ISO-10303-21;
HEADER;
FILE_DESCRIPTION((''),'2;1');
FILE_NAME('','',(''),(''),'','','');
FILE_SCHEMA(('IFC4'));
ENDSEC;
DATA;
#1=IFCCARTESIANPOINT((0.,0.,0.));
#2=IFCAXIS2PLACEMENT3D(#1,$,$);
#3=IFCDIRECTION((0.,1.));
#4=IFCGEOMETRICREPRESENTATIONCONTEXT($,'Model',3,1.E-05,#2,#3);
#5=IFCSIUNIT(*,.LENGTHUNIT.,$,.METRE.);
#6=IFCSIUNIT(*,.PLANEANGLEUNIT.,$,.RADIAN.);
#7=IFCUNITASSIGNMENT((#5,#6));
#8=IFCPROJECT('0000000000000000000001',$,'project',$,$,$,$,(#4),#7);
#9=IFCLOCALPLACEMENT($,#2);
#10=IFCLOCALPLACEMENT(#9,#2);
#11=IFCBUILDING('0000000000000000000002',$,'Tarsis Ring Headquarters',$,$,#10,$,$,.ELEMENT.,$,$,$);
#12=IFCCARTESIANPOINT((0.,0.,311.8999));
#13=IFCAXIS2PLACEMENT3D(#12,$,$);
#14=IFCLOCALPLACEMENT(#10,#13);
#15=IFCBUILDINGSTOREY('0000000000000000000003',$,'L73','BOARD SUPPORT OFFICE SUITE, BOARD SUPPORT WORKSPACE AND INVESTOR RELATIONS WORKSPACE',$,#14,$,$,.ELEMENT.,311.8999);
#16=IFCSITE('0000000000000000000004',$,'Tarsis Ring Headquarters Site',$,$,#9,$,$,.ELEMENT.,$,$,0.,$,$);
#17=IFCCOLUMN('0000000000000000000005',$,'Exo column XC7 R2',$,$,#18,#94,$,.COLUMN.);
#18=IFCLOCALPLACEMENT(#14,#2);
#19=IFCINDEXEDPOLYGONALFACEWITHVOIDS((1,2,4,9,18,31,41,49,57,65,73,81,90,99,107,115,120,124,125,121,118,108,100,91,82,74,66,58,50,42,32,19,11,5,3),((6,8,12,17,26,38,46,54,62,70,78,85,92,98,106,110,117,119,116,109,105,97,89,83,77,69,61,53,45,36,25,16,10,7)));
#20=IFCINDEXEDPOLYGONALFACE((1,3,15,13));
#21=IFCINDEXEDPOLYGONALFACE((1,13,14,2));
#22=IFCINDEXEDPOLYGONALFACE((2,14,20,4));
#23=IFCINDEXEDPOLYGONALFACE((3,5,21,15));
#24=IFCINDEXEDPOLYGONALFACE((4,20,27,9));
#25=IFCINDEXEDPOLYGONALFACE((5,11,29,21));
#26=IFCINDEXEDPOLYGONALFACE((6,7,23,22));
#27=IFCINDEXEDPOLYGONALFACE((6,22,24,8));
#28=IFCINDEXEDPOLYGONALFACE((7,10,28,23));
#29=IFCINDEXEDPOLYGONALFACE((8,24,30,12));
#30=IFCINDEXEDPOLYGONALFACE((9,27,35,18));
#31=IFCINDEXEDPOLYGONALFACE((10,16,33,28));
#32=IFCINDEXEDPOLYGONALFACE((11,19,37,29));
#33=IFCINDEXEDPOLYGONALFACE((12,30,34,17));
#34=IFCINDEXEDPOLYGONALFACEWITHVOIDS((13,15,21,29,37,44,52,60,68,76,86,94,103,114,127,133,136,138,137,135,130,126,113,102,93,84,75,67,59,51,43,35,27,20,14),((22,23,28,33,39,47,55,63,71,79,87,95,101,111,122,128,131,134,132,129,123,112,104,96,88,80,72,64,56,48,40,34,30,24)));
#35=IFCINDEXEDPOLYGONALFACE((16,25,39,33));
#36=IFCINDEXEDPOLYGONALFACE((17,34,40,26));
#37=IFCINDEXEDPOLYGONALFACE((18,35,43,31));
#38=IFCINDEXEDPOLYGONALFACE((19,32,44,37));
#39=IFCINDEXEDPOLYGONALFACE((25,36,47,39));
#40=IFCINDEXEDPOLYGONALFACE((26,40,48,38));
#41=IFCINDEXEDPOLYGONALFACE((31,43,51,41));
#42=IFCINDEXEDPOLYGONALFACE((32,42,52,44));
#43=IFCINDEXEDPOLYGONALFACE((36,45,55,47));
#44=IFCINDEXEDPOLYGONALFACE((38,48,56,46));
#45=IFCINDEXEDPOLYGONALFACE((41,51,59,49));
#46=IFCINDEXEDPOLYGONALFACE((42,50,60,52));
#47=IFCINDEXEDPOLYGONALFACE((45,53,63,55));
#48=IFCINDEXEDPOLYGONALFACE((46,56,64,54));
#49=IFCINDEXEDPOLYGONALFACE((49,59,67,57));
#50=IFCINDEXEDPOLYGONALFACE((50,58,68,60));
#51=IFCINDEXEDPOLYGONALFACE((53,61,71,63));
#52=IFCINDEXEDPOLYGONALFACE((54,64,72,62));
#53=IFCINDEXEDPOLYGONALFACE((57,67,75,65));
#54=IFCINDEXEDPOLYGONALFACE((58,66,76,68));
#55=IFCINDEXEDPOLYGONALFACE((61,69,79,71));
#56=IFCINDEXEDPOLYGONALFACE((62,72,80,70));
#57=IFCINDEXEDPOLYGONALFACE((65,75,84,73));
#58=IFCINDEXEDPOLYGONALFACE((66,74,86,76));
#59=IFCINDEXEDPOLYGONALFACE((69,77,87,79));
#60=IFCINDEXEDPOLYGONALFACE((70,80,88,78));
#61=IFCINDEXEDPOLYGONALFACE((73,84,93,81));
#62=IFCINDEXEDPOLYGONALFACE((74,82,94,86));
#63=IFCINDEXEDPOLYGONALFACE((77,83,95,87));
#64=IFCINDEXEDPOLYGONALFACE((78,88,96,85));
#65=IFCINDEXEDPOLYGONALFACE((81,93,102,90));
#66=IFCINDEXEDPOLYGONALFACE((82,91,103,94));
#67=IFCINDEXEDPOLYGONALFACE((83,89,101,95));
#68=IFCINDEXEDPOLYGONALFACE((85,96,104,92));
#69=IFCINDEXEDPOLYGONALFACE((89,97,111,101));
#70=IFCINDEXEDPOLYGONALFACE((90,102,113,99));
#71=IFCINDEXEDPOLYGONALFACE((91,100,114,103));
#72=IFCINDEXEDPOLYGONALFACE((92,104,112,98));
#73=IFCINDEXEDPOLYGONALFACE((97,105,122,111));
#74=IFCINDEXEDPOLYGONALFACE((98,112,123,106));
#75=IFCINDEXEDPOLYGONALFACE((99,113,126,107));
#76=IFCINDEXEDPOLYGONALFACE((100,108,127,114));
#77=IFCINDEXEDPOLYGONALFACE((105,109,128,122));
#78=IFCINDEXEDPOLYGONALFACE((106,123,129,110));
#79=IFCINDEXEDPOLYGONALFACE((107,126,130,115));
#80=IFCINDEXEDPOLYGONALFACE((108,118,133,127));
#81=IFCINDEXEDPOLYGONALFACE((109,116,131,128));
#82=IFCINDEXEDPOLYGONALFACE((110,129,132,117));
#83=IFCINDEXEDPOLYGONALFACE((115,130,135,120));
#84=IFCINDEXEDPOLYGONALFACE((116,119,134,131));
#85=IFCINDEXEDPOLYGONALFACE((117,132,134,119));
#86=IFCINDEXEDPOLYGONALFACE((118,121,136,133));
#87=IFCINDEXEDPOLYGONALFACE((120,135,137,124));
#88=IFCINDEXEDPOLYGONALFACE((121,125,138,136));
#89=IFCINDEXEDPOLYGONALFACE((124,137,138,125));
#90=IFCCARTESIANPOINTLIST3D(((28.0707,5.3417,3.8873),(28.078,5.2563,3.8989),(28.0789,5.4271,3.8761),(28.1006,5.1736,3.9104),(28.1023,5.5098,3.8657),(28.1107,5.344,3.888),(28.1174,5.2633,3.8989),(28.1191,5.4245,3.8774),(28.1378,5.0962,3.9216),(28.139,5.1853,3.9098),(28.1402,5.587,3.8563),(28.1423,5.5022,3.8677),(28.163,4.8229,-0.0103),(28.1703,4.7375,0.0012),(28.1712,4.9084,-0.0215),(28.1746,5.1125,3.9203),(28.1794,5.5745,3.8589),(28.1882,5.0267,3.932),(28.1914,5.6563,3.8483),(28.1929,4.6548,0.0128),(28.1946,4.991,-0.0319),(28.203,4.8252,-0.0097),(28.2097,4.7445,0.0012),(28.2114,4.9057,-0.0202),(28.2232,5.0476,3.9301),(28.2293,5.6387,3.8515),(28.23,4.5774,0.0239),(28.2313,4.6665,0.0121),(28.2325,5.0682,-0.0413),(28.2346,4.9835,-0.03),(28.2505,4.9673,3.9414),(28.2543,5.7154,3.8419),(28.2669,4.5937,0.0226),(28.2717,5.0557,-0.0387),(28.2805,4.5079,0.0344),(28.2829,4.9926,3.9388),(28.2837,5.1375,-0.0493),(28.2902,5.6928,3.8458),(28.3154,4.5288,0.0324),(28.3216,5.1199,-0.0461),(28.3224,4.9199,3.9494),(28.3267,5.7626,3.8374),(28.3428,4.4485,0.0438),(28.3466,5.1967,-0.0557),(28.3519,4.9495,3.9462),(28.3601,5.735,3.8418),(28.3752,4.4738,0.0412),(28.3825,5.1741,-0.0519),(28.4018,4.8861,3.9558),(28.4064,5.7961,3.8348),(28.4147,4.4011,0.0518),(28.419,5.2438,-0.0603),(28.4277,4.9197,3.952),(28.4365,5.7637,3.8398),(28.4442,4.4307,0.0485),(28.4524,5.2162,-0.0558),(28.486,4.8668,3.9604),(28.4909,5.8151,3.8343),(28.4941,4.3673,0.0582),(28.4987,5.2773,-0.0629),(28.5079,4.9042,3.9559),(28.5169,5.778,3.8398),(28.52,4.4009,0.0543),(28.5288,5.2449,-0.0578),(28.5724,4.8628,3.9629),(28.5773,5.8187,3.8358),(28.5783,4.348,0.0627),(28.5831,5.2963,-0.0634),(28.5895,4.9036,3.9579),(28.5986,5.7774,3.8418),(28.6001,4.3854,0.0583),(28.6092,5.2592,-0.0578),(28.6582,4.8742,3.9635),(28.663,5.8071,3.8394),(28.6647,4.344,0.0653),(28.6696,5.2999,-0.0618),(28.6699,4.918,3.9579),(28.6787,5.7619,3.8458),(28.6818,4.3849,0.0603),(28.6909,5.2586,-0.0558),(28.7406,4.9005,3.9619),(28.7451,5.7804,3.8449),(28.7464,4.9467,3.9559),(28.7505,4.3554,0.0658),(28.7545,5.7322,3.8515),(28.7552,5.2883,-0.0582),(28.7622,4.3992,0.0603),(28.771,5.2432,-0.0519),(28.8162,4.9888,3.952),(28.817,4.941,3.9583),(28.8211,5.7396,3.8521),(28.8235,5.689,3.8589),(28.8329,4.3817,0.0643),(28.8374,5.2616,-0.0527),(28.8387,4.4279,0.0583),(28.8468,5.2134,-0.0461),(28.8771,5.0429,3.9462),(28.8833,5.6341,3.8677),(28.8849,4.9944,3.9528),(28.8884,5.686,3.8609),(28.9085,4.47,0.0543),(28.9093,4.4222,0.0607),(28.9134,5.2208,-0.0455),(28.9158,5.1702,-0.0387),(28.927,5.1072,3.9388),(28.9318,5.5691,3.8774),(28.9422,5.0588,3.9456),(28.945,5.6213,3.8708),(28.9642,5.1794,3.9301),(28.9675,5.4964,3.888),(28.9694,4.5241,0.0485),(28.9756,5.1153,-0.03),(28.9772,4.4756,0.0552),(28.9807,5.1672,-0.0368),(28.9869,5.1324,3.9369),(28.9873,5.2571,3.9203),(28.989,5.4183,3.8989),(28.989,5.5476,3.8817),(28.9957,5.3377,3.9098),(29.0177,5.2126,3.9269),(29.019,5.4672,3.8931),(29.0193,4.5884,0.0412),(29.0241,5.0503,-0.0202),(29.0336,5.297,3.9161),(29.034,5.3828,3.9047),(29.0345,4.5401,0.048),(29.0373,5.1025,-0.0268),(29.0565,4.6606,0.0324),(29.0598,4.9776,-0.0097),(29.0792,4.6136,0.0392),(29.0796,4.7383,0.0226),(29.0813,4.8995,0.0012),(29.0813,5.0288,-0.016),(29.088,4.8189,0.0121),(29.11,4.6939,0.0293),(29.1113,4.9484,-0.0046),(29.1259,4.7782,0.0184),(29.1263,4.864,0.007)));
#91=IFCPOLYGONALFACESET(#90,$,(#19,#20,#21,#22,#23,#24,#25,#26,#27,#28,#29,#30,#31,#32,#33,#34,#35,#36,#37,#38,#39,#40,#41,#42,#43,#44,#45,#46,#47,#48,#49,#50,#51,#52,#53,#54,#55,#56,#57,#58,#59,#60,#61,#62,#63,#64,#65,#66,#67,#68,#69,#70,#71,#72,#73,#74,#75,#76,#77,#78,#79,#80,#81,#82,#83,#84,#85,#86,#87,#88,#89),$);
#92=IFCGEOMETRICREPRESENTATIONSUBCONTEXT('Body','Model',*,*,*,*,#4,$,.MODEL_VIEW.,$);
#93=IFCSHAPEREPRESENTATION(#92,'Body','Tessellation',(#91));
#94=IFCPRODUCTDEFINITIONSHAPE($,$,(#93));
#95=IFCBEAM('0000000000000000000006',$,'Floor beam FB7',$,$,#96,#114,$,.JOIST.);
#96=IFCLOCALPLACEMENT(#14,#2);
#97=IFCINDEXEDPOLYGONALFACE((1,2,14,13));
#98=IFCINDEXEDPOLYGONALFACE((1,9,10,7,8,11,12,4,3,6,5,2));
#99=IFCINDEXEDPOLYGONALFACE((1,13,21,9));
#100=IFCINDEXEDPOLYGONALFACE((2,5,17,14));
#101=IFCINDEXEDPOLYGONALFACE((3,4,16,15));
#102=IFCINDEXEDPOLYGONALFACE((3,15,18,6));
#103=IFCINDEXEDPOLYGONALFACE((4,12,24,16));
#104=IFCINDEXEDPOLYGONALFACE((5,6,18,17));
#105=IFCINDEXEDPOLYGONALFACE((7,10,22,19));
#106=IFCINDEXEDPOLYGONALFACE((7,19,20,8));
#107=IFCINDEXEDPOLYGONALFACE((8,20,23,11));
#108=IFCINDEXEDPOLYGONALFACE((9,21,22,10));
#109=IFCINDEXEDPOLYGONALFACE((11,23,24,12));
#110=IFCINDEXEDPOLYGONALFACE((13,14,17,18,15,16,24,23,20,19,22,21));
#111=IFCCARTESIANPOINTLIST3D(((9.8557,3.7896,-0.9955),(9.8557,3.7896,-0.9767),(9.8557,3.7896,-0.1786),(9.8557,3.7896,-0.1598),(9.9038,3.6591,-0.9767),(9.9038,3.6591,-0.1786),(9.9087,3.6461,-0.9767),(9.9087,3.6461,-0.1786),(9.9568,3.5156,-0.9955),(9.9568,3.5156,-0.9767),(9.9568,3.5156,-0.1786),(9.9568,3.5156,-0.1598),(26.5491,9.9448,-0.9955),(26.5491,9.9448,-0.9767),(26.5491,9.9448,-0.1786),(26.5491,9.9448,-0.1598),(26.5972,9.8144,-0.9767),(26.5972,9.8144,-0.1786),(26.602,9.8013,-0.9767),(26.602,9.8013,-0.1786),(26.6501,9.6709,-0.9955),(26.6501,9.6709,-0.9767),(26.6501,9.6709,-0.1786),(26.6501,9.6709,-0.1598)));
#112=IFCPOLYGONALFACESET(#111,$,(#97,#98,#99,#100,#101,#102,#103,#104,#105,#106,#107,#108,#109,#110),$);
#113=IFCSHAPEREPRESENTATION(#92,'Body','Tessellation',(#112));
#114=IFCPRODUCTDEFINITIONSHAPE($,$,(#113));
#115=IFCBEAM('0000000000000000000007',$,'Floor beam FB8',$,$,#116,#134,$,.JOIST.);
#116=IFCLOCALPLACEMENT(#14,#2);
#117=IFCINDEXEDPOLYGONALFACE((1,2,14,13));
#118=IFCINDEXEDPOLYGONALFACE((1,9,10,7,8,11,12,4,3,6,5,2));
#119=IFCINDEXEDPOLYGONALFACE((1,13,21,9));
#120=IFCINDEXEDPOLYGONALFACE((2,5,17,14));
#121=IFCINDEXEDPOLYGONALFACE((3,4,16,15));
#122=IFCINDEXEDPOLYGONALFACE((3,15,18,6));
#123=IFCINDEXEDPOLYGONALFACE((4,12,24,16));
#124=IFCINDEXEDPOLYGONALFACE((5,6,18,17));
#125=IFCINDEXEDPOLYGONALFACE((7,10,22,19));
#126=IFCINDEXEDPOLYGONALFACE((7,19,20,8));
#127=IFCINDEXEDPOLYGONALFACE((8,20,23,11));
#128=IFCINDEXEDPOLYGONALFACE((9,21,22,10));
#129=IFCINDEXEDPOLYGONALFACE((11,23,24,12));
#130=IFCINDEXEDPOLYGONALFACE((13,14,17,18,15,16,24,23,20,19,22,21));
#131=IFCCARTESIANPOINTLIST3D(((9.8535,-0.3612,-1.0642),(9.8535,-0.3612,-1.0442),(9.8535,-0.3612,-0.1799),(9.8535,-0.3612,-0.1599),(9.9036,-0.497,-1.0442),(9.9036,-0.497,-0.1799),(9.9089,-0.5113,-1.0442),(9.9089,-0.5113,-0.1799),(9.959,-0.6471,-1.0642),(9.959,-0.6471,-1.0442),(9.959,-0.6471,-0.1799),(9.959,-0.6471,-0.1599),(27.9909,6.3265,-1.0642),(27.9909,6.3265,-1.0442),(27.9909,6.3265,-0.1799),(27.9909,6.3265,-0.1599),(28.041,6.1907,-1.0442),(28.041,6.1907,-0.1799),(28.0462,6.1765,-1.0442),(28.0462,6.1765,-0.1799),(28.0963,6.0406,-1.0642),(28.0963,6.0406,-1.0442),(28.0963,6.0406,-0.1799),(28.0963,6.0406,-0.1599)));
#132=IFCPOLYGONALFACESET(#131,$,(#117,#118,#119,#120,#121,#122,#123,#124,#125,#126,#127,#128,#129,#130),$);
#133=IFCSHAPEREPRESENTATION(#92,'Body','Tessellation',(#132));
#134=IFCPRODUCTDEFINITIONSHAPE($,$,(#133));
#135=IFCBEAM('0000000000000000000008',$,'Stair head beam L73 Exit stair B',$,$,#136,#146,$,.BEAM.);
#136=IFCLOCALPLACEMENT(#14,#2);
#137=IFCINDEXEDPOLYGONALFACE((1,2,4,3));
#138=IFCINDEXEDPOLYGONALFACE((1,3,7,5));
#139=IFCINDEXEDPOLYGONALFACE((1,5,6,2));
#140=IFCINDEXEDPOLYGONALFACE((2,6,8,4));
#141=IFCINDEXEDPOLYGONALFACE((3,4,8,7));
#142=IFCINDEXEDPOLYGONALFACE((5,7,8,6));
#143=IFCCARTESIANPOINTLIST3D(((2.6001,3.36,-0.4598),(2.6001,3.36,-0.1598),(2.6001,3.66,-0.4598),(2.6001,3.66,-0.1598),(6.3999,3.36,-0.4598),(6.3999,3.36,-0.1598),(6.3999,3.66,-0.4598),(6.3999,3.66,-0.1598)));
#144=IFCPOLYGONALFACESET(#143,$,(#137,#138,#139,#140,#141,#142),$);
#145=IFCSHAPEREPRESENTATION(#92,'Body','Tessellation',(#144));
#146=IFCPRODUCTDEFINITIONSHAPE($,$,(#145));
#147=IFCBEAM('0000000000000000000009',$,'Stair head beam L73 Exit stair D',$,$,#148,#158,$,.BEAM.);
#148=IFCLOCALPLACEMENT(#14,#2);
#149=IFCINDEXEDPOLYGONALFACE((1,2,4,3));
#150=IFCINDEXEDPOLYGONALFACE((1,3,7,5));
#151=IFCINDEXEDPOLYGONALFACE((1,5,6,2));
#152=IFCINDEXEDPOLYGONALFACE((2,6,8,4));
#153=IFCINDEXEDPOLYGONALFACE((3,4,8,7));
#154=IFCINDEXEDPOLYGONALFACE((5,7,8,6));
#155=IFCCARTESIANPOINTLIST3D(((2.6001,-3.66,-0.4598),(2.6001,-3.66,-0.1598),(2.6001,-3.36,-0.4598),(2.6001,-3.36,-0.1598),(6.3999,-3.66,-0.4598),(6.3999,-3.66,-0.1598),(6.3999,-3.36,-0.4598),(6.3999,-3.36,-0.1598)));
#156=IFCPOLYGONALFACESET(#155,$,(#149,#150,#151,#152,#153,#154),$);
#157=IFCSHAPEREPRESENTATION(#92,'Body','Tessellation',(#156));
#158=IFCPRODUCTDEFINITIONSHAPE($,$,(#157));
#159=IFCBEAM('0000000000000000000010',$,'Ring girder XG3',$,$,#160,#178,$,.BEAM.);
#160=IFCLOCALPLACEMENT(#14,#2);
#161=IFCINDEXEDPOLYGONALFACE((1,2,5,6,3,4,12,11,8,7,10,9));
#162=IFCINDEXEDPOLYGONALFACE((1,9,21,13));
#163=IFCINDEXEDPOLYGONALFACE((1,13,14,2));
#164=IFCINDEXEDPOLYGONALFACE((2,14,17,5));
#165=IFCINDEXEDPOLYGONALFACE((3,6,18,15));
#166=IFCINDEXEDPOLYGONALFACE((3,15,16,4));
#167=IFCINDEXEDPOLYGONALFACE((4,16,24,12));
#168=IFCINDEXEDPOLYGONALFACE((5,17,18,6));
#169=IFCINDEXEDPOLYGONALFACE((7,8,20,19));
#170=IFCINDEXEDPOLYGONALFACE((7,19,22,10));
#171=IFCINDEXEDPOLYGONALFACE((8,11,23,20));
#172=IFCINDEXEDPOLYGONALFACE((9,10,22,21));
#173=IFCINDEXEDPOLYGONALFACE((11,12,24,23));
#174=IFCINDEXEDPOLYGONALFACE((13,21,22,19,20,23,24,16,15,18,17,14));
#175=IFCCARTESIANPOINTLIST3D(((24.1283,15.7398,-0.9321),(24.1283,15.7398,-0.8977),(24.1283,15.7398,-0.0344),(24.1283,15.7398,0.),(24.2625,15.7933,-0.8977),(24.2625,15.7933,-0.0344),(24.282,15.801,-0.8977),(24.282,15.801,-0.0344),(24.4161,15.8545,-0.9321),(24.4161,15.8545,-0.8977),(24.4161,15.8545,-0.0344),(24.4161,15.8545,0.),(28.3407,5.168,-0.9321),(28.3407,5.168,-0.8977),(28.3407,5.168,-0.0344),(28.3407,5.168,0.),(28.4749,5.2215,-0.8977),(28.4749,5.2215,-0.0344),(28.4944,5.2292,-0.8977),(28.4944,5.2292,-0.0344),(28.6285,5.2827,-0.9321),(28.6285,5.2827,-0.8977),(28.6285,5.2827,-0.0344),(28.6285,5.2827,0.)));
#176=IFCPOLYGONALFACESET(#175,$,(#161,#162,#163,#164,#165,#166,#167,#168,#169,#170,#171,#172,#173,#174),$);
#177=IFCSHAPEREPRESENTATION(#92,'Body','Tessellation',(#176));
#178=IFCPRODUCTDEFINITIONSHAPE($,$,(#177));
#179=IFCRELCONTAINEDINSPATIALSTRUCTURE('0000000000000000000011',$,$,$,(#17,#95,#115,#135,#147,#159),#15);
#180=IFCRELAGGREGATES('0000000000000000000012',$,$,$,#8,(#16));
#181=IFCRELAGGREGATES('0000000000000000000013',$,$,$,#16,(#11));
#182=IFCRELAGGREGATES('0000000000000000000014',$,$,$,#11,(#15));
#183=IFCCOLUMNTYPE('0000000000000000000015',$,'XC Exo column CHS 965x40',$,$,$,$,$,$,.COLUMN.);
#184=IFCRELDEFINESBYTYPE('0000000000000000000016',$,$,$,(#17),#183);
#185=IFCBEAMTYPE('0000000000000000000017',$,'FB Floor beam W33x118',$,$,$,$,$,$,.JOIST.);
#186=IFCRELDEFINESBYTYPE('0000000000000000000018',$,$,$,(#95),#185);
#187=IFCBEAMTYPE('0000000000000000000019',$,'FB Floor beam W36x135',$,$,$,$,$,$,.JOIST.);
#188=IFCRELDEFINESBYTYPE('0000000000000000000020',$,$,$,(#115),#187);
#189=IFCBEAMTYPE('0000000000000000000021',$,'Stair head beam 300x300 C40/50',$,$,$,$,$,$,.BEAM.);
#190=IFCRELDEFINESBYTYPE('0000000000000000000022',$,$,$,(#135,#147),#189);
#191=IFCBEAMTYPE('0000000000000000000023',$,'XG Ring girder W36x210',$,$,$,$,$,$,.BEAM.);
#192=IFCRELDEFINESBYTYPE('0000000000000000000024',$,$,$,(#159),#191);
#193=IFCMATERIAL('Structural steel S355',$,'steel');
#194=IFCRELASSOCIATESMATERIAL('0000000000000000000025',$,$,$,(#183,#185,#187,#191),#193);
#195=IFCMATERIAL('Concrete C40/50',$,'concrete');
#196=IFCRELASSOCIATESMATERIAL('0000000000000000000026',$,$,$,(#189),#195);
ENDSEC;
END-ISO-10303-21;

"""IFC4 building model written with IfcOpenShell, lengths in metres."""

from ifc_helpers import new_model, si_unit, direction, frame, origin, origin_2d, place, context, subcontext, project, spatial, rectangle, hollow_circle, i_section, extrude, material, material_profile, profile_set, type_object, element, save


model = new_model("IFC4")

# Units and contexts
model_context = context("Model", 3, precision=1e-05, world=origin(), true_north=direction((0.0, 1.0)))
body_context = subcontext(model_context, "Body", "Model", "MODEL_VIEW")
ifc_project = project(units=[si_unit("LENGTHUNIT", "METRE"), si_unit("PLANEANGLEUNIT", "RADIAN")], contexts=[model_context])

# Site, building, storey
site_placement = place(None, origin())
site = spatial("IfcSite", under=ifc_project, at=site_placement, Name="Tarsis Ring Headquarters Site", CompositionType="ELEMENT", RefElevation=0.0)
building_placement = place(site_placement, origin())
building = spatial("IfcBuilding", under=site, at=building_placement, Name="Tarsis Ring Headquarters", CompositionType="ELEMENT")
storey_placement = place(building_placement, frame((0.0, 0.0, 311.8999)))
storey = spatial("IfcBuildingStorey", under=building, at=storey_placement, Name="L73", Description="BOARD SUPPORT OFFICE SUITE, BOARD SUPPORT WORKSPACE AND INVESTOR RELATIONS WORKSPACE", CompositionType="ELEMENT", Elevation=311.8999)

# Column
ifc_material_1 = material(Name="Structural steel S355", Category="steel")
ifc_material_profile_1 = material_profile(ifc_material_1, hollow_circle(Radius=0.4827, WallThickness=0.04, at=origin_2d()), Name="CHS 965x40")
ifc_profile_set_1 = profile_set([ifc_material_profile_1], Name="Structural steel S355")
column_type = type_object("IfcColumnType", Name="XC Exo column CHS 965x40", PredefinedType="COLUMN", material=ifc_profile_set_1)
column_placement = place(storey_placement, frame((28.6455, 4.822, 0.0012), z_axis=(-0.023463, 0.131904, 0.990985), x_axis=(-0.984545, -0.175133, 0.0)))
element("IfcColumn", 1, at=column_placement, inside=storey, type_object=column_type, Name="Exo column XC7 R2", PredefinedType="COLUMN", context=body_context, shape_type="SweptSolid", body=[
    extrude(hollow_circle(Radius=0.4827, WallThickness=0.04, at=origin_2d()), origin(), (0.0, 0.0, 1.0), 3.9331),
])

# Beams
ifc_material_profile_2 = material_profile(ifc_material_1, i_section(OverallWidth=0.292, OverallDepth=0.8357, WebThickness=0.0139, FlangeThickness=0.0188, at=origin_2d()), Name="W33x118")
ifc_profile_set_2 = profile_set([ifc_material_profile_2], Name="Structural steel S355")
beam_type_1 = type_object("IfcBeamType", Name="FB Floor beam W33x118", PredefinedType="JOIST", material=ifc_profile_set_2)
beam_1_placement = place(storey_placement, frame((9.9062, 3.6526, -0.5776), z_axis=(0.93825, 0.345957, 0.0), x_axis=(-0.345957, 0.93825, 0.0)))
element("IfcBeam", 2, at=beam_1_placement, inside=storey, type_object=beam_type_1, Name="Floor beam FB7", PredefinedType="JOIST", context=body_context, shape_type="SweptSolid", body=[
    extrude(i_section(OverallWidth=0.292, OverallDepth=0.8357, WebThickness=0.0139, FlangeThickness=0.0188, at=origin_2d()), origin(), (0.0, 0.0, 1.0), 17.792),
])
ifc_material_profile_3 = material_profile(ifc_material_1, i_section(OverallWidth=0.3047, OverallDepth=0.9043, WebThickness=0.0151, FlangeThickness=0.02, at=origin_2d()), Name="W36x135")
ifc_profile_set_3 = profile_set([ifc_material_profile_3], Name="Structural steel S355")
beam_type_2 = type_object("IfcBeamType", Name="FB Floor beam W36x135", PredefinedType="JOIST", material=ifc_profile_set_3)
beam_2_placement = place(storey_placement, frame((9.9062, -0.5042, -0.6121), z_axis=(0.93825, 0.345957, 0.0), x_axis=(-0.345957, 0.93825, 0.0)))
element("IfcBeam", 3, at=beam_2_placement, inside=storey, type_object=beam_type_2, Name="Floor beam FB8", PredefinedType="JOIST", context=body_context, shape_type="SweptSolid", body=[
    extrude(i_section(OverallWidth=0.3047, OverallDepth=0.9043, WebThickness=0.0151, FlangeThickness=0.02, at=origin_2d()), origin(), (0.0, 0.0, 1.0), 19.3311),
])
ifc_material_2 = material(Name="Concrete C40/50", Category="concrete")
ifc_material_profile_4 = material_profile(ifc_material_2, rectangle(XDim=0.3, YDim=0.3, at=origin_2d()), Name="Stair head beam 300x300 C40/50")
ifc_profile_set_4 = profile_set([ifc_material_profile_4], Name="Concrete C40/50")
beam_type_3 = type_object("IfcBeamType", Name="Stair head beam 300x300 C40/50", PredefinedType="BEAM", material=ifc_profile_set_4)
for number, where, z_axis, x_axis, name in (
    (4, (2.6001, 3.51, -0.3098), (1.0, 0.0, 0.0), (0.0, 1.0, 0.0), "Stair head beam L73 Exit stair B"),
    (5, (2.6001, -3.51, -0.3098), (1.0, 0.0, 0.0), (0.0, 1.0, 0.0), "Stair head beam L73 Exit stair D"),
):
    element("IfcBeam", number, at=place(storey_placement, frame(where, z_axis=z_axis, x_axis=x_axis)), inside=storey, type_object=beam_type_3, Name=name, PredefinedType="BEAM", context=body_context, shape_type="SweptSolid", body=[
        extrude(rectangle(XDim=0.3, YDim=0.3, at=origin_2d()), origin(), (0.0, 0.0, 1.0), 3.7998),
    ])
ifc_material_profile_5 = material_profile(ifc_material_1, i_section(OverallWidth=0.3098, OverallDepth=0.9321, WebThickness=0.021, FlangeThickness=0.0344, at=origin_2d()), Name="W36x210")
ifc_profile_set_5 = profile_set([ifc_material_profile_5], Name="Structural steel S355")
beam_type_4 = type_object("IfcBeamType", Name="XG Ring girder W36x210", PredefinedType="BEAM", material=ifc_profile_set_5)
beam_3_placement = place(storey_placement, frame((28.4846, 5.2253, -0.4661), z_axis=(-0.370155, 0.92897, 0.0), x_axis=(-0.92897, -0.370155, 0.0)))
element("IfcBeam", 6, at=beam_3_placement, inside=storey, type_object=beam_type_4, Name="Ring girder XG3", PredefinedType="BEAM", context=body_context, shape_type="SweptSolid", body=[
    extrude(i_section(OverallWidth=0.3098, OverallDepth=0.9321, WebThickness=0.021, FlangeThickness=0.0344, at=origin_2d()), origin(), (0.0, 0.0, 1.0), 11.3801),
])

save(model, "model.ifc")
